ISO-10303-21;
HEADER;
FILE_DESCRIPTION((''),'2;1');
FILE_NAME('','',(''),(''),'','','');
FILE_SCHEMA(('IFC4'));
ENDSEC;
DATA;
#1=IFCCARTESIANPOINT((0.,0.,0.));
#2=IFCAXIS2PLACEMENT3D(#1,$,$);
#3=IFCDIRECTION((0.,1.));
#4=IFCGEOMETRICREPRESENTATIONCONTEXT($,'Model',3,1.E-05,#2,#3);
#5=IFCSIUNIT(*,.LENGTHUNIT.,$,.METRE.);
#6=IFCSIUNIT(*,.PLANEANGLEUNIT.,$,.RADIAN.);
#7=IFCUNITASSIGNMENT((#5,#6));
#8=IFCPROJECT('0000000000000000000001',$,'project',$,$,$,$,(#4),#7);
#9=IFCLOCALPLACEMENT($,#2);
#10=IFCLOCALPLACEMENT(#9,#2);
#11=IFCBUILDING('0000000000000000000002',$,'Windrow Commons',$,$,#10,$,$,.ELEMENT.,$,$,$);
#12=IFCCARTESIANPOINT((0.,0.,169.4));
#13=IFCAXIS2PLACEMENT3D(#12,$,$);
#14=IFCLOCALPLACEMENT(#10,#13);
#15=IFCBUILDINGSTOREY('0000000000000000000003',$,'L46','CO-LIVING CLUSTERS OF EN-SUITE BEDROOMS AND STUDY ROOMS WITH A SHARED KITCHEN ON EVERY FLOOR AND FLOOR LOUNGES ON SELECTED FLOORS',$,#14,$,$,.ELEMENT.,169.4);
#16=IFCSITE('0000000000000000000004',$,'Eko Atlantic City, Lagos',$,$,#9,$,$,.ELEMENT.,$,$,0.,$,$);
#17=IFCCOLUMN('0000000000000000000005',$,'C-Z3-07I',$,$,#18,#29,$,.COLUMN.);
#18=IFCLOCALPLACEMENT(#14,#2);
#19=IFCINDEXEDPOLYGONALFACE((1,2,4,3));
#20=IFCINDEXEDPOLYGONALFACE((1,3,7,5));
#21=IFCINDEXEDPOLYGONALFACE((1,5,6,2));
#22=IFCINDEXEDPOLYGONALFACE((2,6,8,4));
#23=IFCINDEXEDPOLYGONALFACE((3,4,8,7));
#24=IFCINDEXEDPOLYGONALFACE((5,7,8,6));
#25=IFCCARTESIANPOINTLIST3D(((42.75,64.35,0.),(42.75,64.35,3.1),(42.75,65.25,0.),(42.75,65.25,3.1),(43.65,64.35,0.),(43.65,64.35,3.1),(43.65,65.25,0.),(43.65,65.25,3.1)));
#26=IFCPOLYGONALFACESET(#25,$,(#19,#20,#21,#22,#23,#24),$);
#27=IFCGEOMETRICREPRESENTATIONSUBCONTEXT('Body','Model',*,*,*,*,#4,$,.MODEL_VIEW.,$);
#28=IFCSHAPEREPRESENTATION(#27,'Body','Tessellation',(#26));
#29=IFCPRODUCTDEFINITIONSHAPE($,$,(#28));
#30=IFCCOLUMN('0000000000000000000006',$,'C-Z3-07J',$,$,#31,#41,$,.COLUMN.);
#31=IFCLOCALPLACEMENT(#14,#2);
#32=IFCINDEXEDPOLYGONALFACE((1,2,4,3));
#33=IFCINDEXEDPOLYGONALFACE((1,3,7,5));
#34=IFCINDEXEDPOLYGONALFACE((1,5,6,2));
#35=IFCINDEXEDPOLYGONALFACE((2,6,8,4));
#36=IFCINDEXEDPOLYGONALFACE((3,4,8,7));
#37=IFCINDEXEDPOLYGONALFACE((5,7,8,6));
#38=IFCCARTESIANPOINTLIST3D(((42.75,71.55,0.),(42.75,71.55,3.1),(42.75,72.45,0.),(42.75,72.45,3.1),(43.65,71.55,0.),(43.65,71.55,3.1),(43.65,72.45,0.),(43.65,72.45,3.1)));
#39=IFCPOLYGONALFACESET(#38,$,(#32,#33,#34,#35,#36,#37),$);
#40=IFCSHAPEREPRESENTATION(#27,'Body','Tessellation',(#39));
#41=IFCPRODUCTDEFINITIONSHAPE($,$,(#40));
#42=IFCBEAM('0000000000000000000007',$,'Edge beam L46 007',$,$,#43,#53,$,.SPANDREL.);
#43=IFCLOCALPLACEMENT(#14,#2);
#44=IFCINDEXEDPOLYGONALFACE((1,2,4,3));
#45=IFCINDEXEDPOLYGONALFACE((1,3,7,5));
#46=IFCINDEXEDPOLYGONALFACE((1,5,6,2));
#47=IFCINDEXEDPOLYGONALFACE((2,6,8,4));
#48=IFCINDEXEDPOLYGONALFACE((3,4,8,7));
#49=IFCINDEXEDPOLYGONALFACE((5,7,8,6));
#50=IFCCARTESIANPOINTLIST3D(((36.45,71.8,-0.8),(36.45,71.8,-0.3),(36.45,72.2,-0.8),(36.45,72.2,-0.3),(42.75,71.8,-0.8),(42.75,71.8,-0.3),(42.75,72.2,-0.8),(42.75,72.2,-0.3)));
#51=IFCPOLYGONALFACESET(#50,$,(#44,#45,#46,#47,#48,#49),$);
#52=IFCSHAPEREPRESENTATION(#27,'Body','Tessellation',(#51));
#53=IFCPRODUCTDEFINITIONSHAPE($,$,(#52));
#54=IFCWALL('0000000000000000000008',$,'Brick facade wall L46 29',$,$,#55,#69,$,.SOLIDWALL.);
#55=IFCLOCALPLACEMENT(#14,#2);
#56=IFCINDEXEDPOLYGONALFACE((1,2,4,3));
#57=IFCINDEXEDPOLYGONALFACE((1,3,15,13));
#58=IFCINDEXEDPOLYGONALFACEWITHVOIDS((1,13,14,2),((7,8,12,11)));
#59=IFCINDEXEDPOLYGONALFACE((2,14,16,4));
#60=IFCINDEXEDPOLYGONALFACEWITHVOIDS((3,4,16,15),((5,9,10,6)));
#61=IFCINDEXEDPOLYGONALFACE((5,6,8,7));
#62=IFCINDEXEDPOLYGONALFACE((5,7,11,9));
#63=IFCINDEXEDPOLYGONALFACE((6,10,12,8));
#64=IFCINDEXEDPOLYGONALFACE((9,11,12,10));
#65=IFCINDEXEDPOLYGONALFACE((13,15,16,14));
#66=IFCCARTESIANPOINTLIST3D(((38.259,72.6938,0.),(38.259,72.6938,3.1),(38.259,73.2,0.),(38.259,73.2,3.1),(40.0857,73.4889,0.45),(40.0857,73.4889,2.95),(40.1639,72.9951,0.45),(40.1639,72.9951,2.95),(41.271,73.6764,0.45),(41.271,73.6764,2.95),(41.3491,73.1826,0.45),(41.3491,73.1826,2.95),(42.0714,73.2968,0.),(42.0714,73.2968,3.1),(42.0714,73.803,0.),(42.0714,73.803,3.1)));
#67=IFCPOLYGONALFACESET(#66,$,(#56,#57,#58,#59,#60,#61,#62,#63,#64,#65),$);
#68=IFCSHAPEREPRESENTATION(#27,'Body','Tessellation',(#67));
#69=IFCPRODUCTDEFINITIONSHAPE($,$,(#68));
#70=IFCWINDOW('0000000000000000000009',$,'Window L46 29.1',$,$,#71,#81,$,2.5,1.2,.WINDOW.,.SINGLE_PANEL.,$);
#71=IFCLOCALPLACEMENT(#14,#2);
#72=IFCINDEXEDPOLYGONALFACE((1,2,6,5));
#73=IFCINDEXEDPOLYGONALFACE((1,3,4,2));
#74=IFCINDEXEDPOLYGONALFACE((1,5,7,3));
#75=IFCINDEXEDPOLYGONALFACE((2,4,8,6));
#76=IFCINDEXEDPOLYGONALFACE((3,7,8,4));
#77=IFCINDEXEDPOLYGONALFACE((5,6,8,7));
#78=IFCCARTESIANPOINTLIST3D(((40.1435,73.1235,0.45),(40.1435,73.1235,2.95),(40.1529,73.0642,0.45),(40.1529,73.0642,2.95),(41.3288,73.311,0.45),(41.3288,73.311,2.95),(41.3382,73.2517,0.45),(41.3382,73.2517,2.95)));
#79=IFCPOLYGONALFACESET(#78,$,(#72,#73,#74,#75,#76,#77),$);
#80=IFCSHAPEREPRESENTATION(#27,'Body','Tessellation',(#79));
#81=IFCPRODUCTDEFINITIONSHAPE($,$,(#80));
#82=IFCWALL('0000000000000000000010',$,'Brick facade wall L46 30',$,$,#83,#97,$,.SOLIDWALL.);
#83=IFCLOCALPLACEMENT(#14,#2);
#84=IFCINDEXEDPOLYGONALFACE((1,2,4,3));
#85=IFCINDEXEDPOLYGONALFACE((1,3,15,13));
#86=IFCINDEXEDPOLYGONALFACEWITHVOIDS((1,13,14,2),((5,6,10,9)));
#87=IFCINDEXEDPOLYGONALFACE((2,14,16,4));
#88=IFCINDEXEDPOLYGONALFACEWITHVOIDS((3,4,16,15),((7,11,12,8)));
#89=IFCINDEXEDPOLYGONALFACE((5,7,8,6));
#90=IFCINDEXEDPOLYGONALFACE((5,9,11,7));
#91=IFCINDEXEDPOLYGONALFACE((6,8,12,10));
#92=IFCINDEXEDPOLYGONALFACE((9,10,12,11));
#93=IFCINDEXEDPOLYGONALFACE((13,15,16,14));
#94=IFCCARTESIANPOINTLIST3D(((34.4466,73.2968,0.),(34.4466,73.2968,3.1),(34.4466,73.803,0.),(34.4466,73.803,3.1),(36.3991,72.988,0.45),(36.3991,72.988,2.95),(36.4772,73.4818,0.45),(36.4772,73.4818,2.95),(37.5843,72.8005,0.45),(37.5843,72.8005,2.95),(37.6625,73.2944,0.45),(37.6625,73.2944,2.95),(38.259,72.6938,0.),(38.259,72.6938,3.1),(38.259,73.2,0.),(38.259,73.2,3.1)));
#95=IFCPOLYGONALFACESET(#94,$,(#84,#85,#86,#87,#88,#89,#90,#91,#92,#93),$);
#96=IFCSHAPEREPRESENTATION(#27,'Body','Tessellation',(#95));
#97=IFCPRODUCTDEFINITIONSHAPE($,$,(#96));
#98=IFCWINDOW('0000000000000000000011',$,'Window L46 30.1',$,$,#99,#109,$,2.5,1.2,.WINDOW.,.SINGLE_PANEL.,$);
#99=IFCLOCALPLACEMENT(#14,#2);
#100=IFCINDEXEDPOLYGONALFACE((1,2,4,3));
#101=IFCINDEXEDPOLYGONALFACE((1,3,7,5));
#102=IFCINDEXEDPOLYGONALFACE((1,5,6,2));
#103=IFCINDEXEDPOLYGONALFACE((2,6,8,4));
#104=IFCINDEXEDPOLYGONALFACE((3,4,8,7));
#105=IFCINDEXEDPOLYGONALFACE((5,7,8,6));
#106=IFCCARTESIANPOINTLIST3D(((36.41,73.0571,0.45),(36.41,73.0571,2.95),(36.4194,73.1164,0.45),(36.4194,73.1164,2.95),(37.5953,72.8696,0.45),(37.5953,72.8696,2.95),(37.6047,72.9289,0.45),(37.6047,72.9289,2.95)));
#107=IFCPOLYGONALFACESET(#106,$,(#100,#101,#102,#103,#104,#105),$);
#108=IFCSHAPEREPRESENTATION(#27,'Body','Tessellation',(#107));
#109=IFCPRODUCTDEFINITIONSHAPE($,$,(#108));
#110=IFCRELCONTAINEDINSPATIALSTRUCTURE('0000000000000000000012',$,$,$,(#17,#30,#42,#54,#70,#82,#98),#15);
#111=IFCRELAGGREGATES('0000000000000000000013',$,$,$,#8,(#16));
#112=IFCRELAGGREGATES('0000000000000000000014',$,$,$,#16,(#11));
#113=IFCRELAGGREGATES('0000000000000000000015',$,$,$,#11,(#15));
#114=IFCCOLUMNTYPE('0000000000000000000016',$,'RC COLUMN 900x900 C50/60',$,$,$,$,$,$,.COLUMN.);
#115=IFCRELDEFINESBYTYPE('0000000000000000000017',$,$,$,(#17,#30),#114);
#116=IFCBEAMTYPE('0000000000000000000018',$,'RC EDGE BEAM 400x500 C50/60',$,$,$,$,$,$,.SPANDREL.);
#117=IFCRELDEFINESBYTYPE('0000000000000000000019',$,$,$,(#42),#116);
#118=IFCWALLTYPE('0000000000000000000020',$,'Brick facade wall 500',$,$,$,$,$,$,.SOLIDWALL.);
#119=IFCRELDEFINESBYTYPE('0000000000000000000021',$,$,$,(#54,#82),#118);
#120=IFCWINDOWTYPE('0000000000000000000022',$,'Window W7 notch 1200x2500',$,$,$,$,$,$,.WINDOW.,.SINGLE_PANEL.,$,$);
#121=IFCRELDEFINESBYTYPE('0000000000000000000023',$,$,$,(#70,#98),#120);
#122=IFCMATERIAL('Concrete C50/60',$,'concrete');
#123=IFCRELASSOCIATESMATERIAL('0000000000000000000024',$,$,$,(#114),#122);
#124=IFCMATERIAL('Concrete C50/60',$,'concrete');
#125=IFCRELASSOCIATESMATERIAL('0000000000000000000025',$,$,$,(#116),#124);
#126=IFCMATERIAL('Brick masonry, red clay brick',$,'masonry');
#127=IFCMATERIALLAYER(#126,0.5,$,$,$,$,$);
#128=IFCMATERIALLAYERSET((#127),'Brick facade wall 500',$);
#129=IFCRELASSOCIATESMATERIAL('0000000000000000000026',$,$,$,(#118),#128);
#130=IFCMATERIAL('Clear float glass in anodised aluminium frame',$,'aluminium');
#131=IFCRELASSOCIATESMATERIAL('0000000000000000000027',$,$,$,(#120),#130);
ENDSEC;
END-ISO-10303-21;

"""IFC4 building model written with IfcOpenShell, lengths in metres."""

from ifc_helpers import new_model, si_unit, direction, frame, frame_2d, origin, origin_2d, place, context, subcontext, project, spatial, polyline, rectangle, outline, extrude, material, layer, layer_set, material_profile, profile_set, type_object, element, fill, save


model = new_model("IFC4")

# Units and contexts
model_context = context("Model", 3, precision=1e-05, world=origin(), true_north=direction((0.0, 1.0)))
body_context = subcontext(model_context, "Body", "Model", "MODEL_VIEW")
ifc_project = project(units=[si_unit("LENGTHUNIT", "METRE"), si_unit("PLANEANGLEUNIT", "RADIAN")], contexts=[model_context])

# Site, building, storey
site_placement = place(None, origin())
site = spatial("IfcSite", under=ifc_project, at=site_placement, Name="Eko Atlantic City, Lagos", CompositionType="ELEMENT", RefElevation=0.0)
building_placement = place(site_placement, origin())
building = spatial("IfcBuilding", under=site, at=building_placement, Name="Windrow Commons", CompositionType="ELEMENT")
storey_placement = place(building_placement, frame((0.0, 0.0, 169.4)))
storey = spatial("IfcBuildingStorey", under=building, at=storey_placement, Name="L46", Description="CO-LIVING CLUSTERS OF EN-SUITE BEDROOMS AND STUDY ROOMS WITH A SHARED KITCHEN ON EVERY FLOOR AND FLOOR LOUNGES ON SELECTED FLOORS", CompositionType="ELEMENT", Elevation=169.4)

# Columns
ifc_material_1 = material(Name="Concrete C50/60", Category="concrete")
ifc_material_profile_1 = material_profile(ifc_material_1, rectangle(XDim=0.9, YDim=0.9, at=origin_2d()))
ifc_profile_set_1 = profile_set([ifc_material_profile_1], Name="Concrete C50/60")
column_type = type_object("IfcColumnType", Name="RC COLUMN 900x900 C50/60", PredefinedType="COLUMN", material=ifc_profile_set_1)
for number, where, z_axis, x_axis, name in (
    (1, (43.2, 64.8, 0.0), (0.0, 0.0, 1.0), (1.0, 0.0, 0.0), "C-Z3-07I"),
    (2, (43.2, 72.0, 0.0), (0.0, 0.0, 1.0), (1.0, 0.0, 0.0), "C-Z3-07J"),
):
    element("IfcColumn", number, at=place(storey_placement, frame(where, z_axis=z_axis, x_axis=x_axis)), inside=storey, type_object=column_type, Name=name, PredefinedType="COLUMN", context=body_context, shape_type="SweptSolid", body=[
        extrude(rectangle(XDim=0.9, YDim=0.9, at=origin_2d()), origin(), (0.0, 0.0, 1.0), 3.1),
    ])

# Beam
ifc_material_2 = material(Name="Concrete C50/60", Category="concrete")
ifc_material_profile_2 = material_profile(ifc_material_2, rectangle(XDim=0.4, YDim=0.5, at=origin_2d()))
ifc_profile_set_2 = profile_set([ifc_material_profile_2], Name="Concrete C50/60")
beam_type = type_object("IfcBeamType", Name="RC EDGE BEAM 400x500 C50/60", PredefinedType="SPANDREL", material=ifc_profile_set_2)
beam_placement = place(storey_placement, frame((36.45, 72.0, -0.55), z_axis=(1.0, 0.0, 0.0), x_axis=(0.0, 1.0, 0.0)))
element("IfcBeam", 3, at=beam_placement, inside=storey, type_object=beam_type, Name="Edge beam L46 007", PredefinedType="SPANDREL", context=body_context, shape_type="SweptSolid", body=[
    extrude(rectangle(XDim=0.4, YDim=0.5, at=origin_2d()), origin(), (0.0, 0.0, 1.0), 6.3),
])

# Walls, openings, windows
ifc_material_3 = material(Name="Brick masonry, red clay brick", Category="masonry")
ifc_layer_1 = layer(ifc_material_3, 0.5)
ifc_layer_set_1 = layer_set([ifc_layer_1], Name="Brick facade wall 500")
wall_type_1 = type_object("IfcWallType", Name="Brick facade wall 500", PredefinedType="SOLIDWALL", material=ifc_layer_set_1)
wall_1_placement = place(storey_placement, frame((42.0714, 73.5499, 0.0), z_axis=(0.0, 0.0, 1.0), x_axis=(-0.987721, -0.156226, 0.0)))
wall_1 = element("IfcWall", 4, at=wall_1_placement, inside=storey, type_object=wall_type_1, Name="Brick facade wall L46 29", PredefinedType="SOLIDWALL", context=body_context, shape_type="SweptSolid", body=[
    extrude(outline(polyline([(-0.0395, -0.25), (3.8203, -0.25), (3.8993, 0.25), (0.0395, 0.25), (-0.0395, -0.25)])), origin(), (0.0, 0.0, 1.0), 3.1),
])
opening_1_placement = place(wall_1_placement, frame((0.7708, 0.0, 0.45)))
opening_1 = element("IfcOpeningElement", 5, at=opening_1_placement, cuts=wall_1, PredefinedType="OPENING", context=body_context, shape_type="SweptSolid", body=[
    extrude(rectangle(XDim=1.2, YDim=2.5, at=frame_2d((0.6, 1.25))), frame((0.0, 0.26, 0.0), z_axis=(0.0, -1.0, 0.0), x_axis=(1.0, 0.0, 0.0)), (0.0, 0.0, 1.0), 0.52),
])
ifc_material_4 = material(Name="Clear float glass in anodised aluminium frame", Category="aluminium")
window_type = type_object("IfcWindowType", Name="Window W7 notch 1200x2500", PartitioningType="SINGLE_PANEL", PredefinedType="WINDOW", material=ifc_material_4)
window_1_placement = place(opening_1_placement, origin())
window_1 = element("IfcWindow", 6, at=window_1_placement, inside=storey, type_object=window_type, Name="Window L46 29.1", OverallHeight=2.5, OverallWidth=1.2, PartitioningType="SINGLE_PANEL", PredefinedType="WINDOW", context=body_context, shape_type="SweptSolid", body=[
    extrude(rectangle(XDim=1.2, YDim=2.5, at=frame_2d((0.6, 1.25))), frame((0.0, 0.18, 0.0), z_axis=(0.0, -1.0, 0.0), x_axis=(1.0, 0.0, 0.0)), (0.0, 0.0, 1.0), 0.06),
])
fill(opening_1, window_1)
wall_2_placement = place(storey_placement, frame((38.259, 72.9469, 0.0), z_axis=(0.0, 0.0, 1.0), x_axis=(-0.987721, 0.156226, 0.0)))
wall_2 = element("IfcWall", 7, at=wall_2_placement, inside=storey, type_object=wall_type_1, Name="Brick facade wall L46 30", PredefinedType="SOLIDWALL", context=body_context, shape_type="SweptSolid", body=[
    extrude(outline(polyline([(0.0395, -0.25), (3.8993, -0.25), (3.8203, 0.25), (-0.0395, 0.25), (0.0395, -0.25)])), origin(), (0.0, 0.0, 1.0), 3.1),
])
opening_2_placement = place(wall_2_placement, frame((0.6435, 0.0, 0.45)))
opening_2 = element("IfcOpeningElement", 8, at=opening_2_placement, cuts=wall_2, PredefinedType="OPENING", context=body_context, shape_type="SweptSolid", body=[
    extrude(rectangle(XDim=1.2, YDim=2.5, at=frame_2d((0.6, 1.25))), frame((0.0, 0.26, 0.0), z_axis=(0.0, -1.0, 0.0), x_axis=(1.0, 0.0, 0.0)), (0.0, 0.0, 1.0), 0.52),
])
window_2_placement = place(opening_2_placement, origin())
window_2 = element("IfcWindow", 9, at=window_2_placement, inside=storey, type_object=window_type, Name="Window L46 30.1", OverallHeight=2.5, OverallWidth=1.2, PartitioningType="SINGLE_PANEL", PredefinedType="WINDOW", context=body_context, shape_type="SweptSolid", body=[
    extrude(rectangle(XDim=1.2, YDim=2.5, at=frame_2d((0.6, 1.25))), frame((0.0, 0.18, 0.0), z_axis=(0.0, -1.0, 0.0), x_axis=(1.0, 0.0, 0.0)), (0.0, 0.0, 1.0), 0.06),
])
fill(opening_2, window_2)

save(model, "model.ifc")
